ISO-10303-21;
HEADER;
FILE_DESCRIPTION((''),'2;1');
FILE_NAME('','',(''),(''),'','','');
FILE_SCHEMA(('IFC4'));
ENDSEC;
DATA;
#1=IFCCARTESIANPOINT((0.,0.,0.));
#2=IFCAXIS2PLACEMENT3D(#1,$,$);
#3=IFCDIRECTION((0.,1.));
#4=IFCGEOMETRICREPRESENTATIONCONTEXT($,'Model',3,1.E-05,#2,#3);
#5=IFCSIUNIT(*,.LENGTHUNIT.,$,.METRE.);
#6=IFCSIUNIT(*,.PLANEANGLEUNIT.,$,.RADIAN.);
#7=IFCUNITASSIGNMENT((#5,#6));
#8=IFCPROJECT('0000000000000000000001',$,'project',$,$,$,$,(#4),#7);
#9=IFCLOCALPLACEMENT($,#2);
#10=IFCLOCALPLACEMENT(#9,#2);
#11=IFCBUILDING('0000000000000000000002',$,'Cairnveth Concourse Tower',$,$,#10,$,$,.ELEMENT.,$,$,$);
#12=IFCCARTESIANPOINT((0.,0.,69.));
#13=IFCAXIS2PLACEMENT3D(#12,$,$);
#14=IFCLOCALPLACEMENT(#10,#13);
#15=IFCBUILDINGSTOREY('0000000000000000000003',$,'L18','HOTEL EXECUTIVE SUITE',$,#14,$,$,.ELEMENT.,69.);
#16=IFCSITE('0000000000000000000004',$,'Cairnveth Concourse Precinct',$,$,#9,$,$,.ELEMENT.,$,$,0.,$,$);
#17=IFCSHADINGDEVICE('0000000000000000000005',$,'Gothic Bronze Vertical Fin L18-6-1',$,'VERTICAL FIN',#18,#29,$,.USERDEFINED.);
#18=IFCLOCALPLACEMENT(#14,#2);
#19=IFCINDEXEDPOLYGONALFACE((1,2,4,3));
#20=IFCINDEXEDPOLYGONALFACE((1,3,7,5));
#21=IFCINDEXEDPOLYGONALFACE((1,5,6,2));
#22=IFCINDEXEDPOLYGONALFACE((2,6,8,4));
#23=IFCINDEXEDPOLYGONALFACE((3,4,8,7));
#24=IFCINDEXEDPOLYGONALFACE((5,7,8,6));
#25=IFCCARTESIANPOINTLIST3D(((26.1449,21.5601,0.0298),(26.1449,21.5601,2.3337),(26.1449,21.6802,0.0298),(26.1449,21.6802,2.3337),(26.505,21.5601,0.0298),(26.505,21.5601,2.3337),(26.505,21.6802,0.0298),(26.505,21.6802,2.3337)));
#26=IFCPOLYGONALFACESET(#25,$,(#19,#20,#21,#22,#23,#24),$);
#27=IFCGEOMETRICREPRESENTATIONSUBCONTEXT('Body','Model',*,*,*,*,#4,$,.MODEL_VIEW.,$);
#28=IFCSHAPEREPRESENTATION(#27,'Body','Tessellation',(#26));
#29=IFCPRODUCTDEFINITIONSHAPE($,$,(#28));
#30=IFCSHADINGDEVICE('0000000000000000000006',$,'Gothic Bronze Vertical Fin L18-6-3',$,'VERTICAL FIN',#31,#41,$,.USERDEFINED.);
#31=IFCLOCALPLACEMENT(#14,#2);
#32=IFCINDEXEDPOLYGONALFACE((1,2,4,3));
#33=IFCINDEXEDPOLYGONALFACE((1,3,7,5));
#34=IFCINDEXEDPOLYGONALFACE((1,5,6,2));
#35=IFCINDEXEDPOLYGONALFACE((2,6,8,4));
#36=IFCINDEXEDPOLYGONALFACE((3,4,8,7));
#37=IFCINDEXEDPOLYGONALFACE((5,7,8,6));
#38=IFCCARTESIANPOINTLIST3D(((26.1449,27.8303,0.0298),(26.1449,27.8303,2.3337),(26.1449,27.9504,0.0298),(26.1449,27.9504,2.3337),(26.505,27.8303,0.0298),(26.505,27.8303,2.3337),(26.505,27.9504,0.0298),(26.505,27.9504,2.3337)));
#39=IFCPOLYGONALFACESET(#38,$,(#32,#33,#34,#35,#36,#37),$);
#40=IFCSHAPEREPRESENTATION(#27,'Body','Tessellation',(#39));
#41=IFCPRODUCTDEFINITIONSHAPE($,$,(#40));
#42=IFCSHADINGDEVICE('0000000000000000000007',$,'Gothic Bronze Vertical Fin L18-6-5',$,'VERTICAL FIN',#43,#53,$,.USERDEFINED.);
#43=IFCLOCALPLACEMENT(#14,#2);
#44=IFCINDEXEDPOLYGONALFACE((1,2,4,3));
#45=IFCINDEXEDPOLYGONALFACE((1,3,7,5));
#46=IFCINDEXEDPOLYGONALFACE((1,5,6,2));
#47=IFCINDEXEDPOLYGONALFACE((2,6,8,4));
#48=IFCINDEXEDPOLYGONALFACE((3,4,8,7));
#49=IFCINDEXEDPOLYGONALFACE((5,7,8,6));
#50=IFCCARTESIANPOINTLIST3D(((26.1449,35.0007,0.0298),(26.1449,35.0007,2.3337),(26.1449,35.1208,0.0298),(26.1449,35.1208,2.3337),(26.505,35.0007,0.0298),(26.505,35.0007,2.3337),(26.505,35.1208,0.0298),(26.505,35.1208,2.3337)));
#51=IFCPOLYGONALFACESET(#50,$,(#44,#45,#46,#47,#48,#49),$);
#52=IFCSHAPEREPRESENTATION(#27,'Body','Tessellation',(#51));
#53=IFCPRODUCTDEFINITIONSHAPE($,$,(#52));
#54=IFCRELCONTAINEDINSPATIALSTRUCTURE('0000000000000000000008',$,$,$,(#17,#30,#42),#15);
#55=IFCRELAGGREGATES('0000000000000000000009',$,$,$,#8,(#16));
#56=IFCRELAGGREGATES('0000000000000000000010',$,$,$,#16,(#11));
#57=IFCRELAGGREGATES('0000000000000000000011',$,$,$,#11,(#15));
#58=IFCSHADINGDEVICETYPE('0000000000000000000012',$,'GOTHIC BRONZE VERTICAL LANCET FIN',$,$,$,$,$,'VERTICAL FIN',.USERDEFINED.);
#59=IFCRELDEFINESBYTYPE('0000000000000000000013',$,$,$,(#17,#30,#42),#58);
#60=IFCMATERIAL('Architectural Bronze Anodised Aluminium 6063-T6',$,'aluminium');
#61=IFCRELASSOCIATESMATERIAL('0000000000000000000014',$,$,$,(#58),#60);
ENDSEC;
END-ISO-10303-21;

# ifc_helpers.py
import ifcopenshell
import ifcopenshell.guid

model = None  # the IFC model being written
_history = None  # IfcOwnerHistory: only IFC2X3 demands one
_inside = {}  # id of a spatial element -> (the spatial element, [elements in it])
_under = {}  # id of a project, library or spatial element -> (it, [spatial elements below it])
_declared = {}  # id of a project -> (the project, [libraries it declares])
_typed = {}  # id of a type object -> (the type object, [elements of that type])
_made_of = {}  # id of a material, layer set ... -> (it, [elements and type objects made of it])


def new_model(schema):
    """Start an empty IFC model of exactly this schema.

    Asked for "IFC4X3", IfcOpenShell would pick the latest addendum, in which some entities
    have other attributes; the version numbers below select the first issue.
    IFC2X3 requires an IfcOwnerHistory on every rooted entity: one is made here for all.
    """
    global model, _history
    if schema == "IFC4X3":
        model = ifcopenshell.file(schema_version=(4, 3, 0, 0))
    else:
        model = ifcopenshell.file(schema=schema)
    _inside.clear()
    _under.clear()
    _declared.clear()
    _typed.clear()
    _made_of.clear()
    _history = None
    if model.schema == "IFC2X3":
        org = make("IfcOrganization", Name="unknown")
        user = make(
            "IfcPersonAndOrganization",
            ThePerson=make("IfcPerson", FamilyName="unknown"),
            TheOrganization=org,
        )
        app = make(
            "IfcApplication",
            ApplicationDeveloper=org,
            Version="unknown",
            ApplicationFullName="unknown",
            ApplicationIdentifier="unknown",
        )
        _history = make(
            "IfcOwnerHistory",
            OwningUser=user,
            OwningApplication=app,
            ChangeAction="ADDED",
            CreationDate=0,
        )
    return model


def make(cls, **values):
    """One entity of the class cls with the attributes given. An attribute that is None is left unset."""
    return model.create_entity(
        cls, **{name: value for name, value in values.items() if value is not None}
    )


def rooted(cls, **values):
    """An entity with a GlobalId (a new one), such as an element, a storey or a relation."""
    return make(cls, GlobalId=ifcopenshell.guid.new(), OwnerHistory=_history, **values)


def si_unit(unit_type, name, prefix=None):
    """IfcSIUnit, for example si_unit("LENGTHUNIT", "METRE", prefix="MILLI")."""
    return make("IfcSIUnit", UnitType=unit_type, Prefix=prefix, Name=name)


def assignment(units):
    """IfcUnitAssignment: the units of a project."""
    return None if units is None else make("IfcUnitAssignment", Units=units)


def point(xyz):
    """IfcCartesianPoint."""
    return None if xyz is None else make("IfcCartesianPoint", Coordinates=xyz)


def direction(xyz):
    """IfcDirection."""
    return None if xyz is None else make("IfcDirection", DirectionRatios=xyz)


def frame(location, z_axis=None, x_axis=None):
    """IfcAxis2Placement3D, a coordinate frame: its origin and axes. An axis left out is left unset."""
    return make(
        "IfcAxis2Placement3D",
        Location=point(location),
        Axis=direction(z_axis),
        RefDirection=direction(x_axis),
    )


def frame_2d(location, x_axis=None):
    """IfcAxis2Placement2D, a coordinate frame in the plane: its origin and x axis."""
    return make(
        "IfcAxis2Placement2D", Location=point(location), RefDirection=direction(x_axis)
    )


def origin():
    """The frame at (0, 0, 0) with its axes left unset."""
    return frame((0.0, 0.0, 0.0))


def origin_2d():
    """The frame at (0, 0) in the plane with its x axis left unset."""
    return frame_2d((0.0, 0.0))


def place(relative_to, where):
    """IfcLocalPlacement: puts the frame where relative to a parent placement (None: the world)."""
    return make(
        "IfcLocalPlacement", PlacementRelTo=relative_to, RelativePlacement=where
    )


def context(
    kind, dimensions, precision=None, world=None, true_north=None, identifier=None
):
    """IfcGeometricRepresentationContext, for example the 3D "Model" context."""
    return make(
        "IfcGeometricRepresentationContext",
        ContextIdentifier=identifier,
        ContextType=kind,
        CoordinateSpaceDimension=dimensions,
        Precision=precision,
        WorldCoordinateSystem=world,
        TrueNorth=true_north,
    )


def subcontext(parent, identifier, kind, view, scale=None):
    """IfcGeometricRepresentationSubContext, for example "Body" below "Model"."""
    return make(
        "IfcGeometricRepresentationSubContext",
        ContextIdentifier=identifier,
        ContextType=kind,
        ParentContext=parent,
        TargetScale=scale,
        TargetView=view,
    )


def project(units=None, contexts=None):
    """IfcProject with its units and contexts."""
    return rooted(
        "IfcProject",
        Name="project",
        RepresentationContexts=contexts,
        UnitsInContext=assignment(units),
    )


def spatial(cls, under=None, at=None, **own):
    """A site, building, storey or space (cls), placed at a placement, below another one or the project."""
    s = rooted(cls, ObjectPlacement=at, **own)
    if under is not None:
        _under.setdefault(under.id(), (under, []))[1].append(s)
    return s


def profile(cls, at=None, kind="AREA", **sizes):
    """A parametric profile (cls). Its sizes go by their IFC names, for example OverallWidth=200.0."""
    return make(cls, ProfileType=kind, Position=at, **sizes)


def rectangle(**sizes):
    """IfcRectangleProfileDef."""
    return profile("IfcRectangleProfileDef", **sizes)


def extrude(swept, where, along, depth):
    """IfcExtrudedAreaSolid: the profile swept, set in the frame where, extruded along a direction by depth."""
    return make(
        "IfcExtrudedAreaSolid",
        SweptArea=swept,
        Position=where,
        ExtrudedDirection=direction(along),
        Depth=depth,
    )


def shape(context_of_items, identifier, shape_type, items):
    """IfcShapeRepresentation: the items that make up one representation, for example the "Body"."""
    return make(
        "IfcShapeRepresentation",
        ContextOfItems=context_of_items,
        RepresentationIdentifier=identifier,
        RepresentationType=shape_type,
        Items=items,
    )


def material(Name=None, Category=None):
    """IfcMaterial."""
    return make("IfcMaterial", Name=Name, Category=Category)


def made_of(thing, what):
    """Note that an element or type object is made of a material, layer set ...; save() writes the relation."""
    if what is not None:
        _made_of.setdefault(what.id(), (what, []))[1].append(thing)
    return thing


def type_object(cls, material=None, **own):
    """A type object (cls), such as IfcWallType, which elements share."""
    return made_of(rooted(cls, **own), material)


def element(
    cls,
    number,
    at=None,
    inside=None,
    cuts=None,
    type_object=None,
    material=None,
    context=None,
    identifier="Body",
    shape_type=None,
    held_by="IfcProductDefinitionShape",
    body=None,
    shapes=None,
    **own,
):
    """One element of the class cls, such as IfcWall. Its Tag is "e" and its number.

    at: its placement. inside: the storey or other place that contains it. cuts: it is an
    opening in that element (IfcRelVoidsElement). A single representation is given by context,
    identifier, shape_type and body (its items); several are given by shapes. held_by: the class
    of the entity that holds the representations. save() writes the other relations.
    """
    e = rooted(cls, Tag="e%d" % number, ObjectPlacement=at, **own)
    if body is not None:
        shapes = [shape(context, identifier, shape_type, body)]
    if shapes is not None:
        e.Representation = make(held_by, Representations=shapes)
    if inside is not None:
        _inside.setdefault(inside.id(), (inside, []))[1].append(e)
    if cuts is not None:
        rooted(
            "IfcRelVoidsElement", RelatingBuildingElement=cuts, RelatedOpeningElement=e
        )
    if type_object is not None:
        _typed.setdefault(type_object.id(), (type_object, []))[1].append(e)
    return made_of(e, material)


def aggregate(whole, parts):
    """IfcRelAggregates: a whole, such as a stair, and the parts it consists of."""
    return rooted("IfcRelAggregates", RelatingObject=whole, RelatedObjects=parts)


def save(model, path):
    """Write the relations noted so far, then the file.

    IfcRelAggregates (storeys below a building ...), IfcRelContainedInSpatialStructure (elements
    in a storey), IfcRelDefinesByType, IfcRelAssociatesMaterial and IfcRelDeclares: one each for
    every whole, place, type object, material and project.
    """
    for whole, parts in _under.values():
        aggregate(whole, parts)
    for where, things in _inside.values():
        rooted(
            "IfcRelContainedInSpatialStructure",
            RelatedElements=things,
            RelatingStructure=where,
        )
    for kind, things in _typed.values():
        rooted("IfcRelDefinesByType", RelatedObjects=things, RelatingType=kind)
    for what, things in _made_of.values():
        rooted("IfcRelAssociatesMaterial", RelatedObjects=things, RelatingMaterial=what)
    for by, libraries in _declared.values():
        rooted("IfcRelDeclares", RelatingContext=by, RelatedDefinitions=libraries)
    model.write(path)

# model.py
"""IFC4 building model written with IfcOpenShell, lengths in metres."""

from ifc_helpers import new_model, si_unit, direction, frame, origin, origin_2d, place, context, subcontext, project, spatial, rectangle, extrude, material, type_object, element, save


model = new_model("IFC4")

# Units and contexts
model_context = context("Model", 3, precision=1e-05, world=origin(), true_north=direction((0.0, 1.0)))
body_context = subcontext(model_context, "Body", "Model", "MODEL_VIEW")
ifc_project = project(units=[si_unit("LENGTHUNIT", "METRE"), si_unit("PLANEANGLEUNIT", "RADIAN")], contexts=[model_context])

# Site, building, storey
site_placement = place(None, origin())
site = spatial("IfcSite", under=ifc_project, at=site_placement, Name="Cairnveth Concourse Precinct", CompositionType="ELEMENT", RefElevation=0.0)
building_placement = place(site_placement, origin())
building = spatial("IfcBuilding", under=site, at=building_placement, Name="Cairnveth Concourse Tower", CompositionType="ELEMENT")
storey_placement = place(building_placement, frame((0.0, 0.0, 69.0)))
storey = spatial("IfcBuildingStorey", under=building, at=storey_placement, Name="L18", Description="HOTEL EXECUTIVE SUITE", CompositionType="ELEMENT", Elevation=69.0)

# Shading devices
ifc_material_1 = material(Name="Architectural Bronze Anodised Aluminium 6063-T6", Category="aluminium")
shading_device_type = type_object("IfcShadingDeviceType", Name="GOTHIC BRONZE VERTICAL LANCET FIN", ElementType="VERTICAL FIN", PredefinedType="USERDEFINED", material=ifc_material_1)
for number, where, z_axis, x_axis, name in (
    (1, (26.325, 21.6201, 0.0298), (0.0, 0.0, 1.0), (0.0, 1.0, 0.0), "Gothic Bronze Vertical Fin L18-6-1"),
    (2, (26.325, 27.8904, 0.0298), (0.0, 0.0, 1.0), (0.0, 1.0, 0.0), "Gothic Bronze Vertical Fin L18-6-3"),
    (3, (26.325, 35.0608, 0.0298), (0.0, 0.0, 1.0), (0.0, 1.0, 0.0), "Gothic Bronze Vertical Fin L18-6-5"),
):
    element("IfcShadingDevice", number, at=place(storey_placement, frame(where, z_axis=z_axis, x_axis=x_axis)), inside=storey, type_object=shading_device_type, Name=name, ObjectType="VERTICAL FIN", PredefinedType="USERDEFINED", context=body_context, shape_type="SweptSolid", body=[
        extrude(rectangle(XDim=0.1201, YDim=0.3601, at=origin_2d()), origin(), (0.0, 0.0, 1.0), 2.304),
    ])

save(model, "model.ifc")
